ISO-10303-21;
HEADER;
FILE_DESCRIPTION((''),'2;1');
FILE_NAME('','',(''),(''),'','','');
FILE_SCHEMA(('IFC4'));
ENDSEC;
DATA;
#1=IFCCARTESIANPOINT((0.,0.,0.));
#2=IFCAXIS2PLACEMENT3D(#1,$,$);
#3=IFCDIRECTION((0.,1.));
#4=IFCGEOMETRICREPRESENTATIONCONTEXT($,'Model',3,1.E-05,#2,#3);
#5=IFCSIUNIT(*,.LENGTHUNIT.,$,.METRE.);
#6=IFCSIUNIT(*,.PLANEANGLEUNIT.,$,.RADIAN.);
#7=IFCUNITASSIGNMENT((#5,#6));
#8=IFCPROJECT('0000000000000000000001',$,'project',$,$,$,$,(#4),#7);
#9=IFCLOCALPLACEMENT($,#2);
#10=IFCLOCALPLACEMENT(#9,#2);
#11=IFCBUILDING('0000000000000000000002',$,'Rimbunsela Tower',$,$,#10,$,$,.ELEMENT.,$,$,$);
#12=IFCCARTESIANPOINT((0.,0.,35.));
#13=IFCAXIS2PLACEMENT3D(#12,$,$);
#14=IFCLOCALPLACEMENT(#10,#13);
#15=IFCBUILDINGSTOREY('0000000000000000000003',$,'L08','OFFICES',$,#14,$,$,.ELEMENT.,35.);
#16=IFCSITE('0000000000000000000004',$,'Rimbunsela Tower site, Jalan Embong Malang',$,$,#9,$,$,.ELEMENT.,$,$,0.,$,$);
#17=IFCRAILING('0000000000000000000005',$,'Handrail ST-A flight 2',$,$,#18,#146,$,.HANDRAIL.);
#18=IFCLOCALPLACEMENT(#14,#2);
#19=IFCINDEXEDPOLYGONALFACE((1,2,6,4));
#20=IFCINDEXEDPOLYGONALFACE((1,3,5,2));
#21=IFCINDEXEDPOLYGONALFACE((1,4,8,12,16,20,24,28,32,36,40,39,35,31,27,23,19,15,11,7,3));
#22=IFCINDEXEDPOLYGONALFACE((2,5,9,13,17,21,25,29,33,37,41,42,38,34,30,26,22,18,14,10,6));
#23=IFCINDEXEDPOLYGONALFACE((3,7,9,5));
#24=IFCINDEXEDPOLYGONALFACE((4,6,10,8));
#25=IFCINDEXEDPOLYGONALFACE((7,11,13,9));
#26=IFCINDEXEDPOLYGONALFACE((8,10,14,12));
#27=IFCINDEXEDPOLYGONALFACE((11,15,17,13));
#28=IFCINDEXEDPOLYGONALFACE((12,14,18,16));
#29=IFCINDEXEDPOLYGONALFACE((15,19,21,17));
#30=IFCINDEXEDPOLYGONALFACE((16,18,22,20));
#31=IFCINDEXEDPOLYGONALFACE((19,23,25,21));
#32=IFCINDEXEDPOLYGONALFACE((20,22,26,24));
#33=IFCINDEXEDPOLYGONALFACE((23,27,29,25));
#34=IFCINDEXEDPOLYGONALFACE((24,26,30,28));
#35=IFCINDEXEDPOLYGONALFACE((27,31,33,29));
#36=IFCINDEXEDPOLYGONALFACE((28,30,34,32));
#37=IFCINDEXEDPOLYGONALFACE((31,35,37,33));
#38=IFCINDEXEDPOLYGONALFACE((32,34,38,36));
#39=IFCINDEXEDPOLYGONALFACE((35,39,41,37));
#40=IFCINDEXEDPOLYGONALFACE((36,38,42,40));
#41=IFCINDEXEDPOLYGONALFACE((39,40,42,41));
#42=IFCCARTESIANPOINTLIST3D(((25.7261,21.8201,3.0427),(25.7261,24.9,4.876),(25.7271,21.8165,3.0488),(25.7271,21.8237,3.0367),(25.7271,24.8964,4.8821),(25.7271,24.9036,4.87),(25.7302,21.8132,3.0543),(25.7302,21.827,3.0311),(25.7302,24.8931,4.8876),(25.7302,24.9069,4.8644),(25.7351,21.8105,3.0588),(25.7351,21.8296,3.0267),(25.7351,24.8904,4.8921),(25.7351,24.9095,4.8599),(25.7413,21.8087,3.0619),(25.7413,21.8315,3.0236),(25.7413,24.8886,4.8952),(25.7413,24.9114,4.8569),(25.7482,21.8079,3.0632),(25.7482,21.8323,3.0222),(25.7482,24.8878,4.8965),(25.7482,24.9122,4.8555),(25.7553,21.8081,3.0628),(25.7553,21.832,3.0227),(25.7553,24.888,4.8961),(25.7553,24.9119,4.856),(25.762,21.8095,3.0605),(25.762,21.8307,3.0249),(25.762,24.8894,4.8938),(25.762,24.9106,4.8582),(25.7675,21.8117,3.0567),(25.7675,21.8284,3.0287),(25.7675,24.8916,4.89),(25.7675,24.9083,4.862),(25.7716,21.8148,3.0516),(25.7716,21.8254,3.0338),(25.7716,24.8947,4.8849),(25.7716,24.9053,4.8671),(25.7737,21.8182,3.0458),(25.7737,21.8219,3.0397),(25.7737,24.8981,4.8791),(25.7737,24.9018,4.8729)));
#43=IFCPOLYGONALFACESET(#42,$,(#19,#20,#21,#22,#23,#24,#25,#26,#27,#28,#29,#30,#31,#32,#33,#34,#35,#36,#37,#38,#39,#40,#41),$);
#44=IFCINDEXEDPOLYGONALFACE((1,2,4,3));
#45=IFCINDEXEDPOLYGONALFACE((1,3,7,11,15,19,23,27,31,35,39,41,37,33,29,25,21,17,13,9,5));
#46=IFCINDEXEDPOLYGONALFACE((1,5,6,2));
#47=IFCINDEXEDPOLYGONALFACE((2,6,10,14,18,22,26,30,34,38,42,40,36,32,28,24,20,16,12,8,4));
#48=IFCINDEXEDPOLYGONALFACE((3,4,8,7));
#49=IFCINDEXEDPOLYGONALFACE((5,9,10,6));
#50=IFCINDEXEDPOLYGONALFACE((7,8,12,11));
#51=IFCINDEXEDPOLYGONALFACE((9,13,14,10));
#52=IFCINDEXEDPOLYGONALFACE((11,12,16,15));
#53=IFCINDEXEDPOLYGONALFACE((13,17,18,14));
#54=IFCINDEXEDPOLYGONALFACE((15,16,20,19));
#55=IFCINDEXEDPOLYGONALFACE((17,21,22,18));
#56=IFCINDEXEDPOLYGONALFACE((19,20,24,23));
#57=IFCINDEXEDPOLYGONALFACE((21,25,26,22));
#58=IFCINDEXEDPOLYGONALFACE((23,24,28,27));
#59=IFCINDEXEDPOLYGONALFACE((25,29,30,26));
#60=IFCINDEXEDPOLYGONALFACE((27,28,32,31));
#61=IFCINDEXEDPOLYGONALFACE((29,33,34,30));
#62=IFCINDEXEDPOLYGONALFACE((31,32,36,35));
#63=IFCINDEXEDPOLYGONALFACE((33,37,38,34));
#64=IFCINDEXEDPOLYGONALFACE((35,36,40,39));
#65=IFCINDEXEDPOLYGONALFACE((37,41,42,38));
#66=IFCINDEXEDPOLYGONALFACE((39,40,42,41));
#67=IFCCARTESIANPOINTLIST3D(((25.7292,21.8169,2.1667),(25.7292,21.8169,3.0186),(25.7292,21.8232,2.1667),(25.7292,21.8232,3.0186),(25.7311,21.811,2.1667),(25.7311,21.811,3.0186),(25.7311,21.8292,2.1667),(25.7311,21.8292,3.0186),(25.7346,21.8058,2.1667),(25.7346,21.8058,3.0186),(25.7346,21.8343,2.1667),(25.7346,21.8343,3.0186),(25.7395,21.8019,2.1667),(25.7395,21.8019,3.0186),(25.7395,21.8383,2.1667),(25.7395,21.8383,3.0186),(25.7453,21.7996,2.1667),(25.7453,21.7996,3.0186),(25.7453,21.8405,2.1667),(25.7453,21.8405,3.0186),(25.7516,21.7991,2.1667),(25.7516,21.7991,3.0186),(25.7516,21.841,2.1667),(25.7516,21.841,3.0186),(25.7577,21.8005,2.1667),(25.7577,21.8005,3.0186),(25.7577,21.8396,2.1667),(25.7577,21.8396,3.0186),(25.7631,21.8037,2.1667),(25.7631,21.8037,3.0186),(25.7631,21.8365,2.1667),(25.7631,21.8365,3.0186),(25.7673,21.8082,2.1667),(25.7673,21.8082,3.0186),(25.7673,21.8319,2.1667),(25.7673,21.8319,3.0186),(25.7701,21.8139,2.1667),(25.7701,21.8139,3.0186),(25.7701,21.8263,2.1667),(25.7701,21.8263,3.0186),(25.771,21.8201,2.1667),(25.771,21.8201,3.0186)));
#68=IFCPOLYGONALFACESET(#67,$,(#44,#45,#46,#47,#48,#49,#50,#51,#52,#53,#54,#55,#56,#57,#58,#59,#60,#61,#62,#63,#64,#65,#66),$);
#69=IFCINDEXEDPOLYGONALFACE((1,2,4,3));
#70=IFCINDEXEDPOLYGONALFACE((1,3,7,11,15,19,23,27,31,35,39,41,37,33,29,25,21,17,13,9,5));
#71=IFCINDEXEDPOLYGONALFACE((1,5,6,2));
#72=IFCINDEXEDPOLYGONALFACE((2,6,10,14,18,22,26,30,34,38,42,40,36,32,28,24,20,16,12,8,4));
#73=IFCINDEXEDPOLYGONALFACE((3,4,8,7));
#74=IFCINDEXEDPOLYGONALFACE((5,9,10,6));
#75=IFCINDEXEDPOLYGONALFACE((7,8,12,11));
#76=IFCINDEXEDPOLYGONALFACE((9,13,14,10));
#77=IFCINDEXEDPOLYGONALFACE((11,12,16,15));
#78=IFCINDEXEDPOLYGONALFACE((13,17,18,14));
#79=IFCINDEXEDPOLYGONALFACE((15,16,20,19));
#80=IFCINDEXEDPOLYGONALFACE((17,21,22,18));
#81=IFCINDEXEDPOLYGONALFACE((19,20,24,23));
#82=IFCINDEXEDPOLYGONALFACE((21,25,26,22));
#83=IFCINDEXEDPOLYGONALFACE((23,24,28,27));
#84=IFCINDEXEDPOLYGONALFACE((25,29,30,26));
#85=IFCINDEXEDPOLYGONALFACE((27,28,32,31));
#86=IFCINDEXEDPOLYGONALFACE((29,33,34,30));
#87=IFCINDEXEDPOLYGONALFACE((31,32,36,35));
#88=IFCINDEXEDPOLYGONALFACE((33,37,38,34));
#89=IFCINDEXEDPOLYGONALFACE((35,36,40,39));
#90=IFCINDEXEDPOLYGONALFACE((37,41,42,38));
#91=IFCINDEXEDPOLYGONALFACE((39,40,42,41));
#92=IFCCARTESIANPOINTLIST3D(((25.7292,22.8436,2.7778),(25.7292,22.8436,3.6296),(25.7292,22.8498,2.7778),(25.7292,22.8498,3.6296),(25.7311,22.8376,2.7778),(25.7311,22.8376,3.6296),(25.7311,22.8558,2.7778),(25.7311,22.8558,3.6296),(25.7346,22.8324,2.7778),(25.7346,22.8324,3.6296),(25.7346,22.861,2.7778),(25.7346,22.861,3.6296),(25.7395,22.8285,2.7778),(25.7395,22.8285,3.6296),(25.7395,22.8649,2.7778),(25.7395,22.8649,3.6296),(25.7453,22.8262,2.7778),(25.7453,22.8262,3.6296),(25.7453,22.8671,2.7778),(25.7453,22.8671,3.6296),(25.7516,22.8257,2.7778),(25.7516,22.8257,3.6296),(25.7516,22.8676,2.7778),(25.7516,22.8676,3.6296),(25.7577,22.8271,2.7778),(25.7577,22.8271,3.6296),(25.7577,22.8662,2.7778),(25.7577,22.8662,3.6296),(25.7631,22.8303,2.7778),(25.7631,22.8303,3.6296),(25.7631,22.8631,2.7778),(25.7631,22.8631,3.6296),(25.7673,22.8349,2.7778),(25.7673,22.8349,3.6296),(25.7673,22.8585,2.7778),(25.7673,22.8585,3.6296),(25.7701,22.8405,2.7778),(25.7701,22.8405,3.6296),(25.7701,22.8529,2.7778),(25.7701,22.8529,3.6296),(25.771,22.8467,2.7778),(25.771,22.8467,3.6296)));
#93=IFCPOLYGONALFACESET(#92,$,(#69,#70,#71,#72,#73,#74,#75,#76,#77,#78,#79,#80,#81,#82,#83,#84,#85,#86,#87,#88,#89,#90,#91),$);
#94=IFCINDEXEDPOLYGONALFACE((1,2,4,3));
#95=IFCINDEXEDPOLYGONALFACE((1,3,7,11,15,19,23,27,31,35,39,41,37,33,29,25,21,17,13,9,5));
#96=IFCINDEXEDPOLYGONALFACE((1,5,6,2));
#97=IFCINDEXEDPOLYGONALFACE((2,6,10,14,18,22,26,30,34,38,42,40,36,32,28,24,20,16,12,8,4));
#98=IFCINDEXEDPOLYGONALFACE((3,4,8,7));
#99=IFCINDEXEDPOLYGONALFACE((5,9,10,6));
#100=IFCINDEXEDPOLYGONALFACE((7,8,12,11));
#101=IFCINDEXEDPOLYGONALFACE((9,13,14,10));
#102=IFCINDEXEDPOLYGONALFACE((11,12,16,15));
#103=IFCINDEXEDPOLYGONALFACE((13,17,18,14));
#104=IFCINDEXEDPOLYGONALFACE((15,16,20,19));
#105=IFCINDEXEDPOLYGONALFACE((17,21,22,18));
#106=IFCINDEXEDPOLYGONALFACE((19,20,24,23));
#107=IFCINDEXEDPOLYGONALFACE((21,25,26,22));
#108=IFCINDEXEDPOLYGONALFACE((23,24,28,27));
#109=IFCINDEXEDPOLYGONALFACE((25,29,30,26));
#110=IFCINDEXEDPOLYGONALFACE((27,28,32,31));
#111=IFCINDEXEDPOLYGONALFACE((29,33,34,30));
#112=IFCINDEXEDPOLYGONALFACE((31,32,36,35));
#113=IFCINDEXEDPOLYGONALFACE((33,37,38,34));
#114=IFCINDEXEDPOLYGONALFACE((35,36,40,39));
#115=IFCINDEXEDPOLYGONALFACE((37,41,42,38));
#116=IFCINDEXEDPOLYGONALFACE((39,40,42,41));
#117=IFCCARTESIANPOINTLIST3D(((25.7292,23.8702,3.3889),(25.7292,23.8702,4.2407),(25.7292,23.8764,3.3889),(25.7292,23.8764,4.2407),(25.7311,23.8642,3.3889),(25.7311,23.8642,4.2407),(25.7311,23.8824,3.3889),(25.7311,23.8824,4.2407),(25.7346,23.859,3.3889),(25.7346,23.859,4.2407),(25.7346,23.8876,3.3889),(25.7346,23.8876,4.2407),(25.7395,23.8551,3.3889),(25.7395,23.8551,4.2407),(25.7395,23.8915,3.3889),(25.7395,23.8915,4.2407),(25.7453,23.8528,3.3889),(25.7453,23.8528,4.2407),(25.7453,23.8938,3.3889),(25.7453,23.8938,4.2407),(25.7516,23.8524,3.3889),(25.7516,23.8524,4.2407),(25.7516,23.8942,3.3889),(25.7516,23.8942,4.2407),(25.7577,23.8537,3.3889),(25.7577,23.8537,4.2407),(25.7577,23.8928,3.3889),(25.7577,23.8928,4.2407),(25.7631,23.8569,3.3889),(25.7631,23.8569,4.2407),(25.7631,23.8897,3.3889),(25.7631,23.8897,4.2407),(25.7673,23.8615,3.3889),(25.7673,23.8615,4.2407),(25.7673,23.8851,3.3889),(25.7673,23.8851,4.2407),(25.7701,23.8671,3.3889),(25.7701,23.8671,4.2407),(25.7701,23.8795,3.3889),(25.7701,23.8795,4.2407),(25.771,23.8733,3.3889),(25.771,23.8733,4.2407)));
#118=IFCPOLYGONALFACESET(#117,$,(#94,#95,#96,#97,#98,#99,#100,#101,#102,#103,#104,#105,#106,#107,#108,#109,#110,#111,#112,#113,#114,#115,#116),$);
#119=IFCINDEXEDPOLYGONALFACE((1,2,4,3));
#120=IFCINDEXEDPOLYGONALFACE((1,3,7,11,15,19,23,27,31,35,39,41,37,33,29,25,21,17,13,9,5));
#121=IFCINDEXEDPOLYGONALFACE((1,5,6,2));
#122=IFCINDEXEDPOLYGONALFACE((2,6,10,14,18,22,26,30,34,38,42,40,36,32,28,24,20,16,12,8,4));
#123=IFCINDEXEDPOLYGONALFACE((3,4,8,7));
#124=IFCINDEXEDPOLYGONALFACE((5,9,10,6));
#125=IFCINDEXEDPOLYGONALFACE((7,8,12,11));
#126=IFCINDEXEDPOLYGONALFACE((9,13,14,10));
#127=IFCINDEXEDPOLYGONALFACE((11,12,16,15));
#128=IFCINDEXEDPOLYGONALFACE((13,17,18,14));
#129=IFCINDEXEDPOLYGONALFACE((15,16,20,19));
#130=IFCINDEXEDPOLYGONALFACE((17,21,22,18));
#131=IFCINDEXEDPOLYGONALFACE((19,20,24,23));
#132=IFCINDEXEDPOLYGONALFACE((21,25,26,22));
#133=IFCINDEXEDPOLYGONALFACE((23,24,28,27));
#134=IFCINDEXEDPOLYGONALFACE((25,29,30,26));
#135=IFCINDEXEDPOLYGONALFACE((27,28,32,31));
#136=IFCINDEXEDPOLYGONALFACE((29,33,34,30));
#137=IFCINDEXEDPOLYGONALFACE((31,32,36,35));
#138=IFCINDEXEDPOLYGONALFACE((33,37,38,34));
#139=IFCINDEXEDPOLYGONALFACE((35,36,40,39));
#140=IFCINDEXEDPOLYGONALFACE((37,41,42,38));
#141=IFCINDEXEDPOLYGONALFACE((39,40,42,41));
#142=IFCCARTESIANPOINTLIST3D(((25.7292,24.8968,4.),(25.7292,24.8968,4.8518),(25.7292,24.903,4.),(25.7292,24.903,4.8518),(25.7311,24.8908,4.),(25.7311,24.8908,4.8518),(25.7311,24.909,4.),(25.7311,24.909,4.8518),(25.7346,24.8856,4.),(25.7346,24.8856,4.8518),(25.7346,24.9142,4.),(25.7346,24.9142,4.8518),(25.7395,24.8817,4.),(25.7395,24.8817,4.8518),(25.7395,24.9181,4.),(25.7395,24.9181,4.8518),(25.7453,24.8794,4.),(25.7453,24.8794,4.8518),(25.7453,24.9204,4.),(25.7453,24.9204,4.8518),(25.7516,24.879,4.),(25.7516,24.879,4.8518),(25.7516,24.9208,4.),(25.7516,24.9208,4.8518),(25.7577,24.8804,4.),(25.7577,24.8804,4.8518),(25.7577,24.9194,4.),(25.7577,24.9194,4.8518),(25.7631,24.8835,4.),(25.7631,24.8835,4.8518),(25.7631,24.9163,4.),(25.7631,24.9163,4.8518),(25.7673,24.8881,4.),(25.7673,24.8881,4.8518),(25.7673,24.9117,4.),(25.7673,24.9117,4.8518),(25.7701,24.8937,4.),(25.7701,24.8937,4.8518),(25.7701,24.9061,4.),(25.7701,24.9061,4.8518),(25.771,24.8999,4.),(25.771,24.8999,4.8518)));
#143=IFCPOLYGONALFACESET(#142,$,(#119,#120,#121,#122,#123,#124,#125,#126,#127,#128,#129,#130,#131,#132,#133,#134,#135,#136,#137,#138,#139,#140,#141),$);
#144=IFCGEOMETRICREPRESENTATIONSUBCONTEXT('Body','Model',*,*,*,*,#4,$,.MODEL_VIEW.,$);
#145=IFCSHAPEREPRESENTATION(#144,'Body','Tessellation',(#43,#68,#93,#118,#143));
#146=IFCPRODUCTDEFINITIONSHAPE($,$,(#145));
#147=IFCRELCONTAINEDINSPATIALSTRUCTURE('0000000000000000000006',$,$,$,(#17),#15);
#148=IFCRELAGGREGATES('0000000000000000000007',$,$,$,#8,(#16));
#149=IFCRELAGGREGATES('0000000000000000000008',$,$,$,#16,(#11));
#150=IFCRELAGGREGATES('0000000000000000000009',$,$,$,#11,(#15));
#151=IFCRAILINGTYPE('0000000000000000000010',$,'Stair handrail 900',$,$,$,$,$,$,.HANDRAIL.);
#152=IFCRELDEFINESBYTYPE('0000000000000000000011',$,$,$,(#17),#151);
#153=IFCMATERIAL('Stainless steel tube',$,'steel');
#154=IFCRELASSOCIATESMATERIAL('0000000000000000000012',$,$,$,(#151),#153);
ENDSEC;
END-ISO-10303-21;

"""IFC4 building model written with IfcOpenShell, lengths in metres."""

from ifc_helpers import new_model, si_unit, direction, frame, origin, origin_2d, place, context, subcontext, project, spatial, circle, extrude, material, type_object, element, save


model = new_model("IFC4")

# Units and contexts
model_context = context("Model", 3, precision=1e-05, world=origin(), true_north=direction((0.0, 1.0)))
body_context = subcontext(model_context, "Body", "Model", "MODEL_VIEW")
ifc_project = project(units=[si_unit("LENGTHUNIT", "METRE"), si_unit("PLANEANGLEUNIT", "RADIAN")], contexts=[model_context])

# Site, building, storey
site_placement = place(None, origin())
site = spatial("IfcSite", under=ifc_project, at=site_placement, Name="Rimbunsela Tower site, Jalan Embong Malang", CompositionType="ELEMENT", RefElevation=0.0)
building_placement = place(site_placement, origin())
building = spatial("IfcBuilding", under=site, at=building_placement, Name="Rimbunsela Tower", CompositionType="ELEMENT")
storey_placement = place(building_placement, frame((0.0, 0.0, 35.0)))
storey = spatial("IfcBuildingStorey", under=building, at=storey_placement, Name="L08", Description="OFFICES", CompositionType="ELEMENT", Elevation=35.0)

# Railing
ifc_material_1 = material(Name="Stainless steel tube", Category="steel")
railing_type = type_object("IfcRailingType", Name="Stair handrail 900", PredefinedType="HANDRAIL", material=ifc_material_1)
railing_1_placement = place(storey_placement, frame((25.75, 21.8201, 2.1667)))
element("IfcRailing", 1, at=railing_1_placement, inside=storey, type_object=railing_type, Name="Handrail ST-A flight 2", PredefinedType="HANDRAIL", context=body_context, shape_type="SweptSolid", body=[
    extrude(circle(Radius=0.0239, at=origin_2d()), frame((0.0, 0.0, 0.876), z_axis=(0.0, 0.859291, 0.511487), x_axis=(-1.0, 0.0, 0.0)), (0.0, 0.0, 1.0), 3.5842),
    extrude(circle(Radius=0.021, at=origin_2d()), origin(), (0.0, 0.0, 1.0), 0.8518),
    extrude(circle(Radius=0.021, at=origin_2d()), frame((0.0, 1.0266, 0.6111)), (0.0, 0.0, 1.0), 0.8518),
    extrude(circle(Radius=0.021, at=origin_2d()), frame((0.0, 2.0532, 1.2222)), (0.0, 0.0, 1.0), 0.8518),
    extrude(circle(Radius=0.021, at=origin_2d()), frame((0.0, 3.0798, 1.8333)), (0.0, 0.0, 1.0), 0.8518),
])

save(model, "model.ifc")
